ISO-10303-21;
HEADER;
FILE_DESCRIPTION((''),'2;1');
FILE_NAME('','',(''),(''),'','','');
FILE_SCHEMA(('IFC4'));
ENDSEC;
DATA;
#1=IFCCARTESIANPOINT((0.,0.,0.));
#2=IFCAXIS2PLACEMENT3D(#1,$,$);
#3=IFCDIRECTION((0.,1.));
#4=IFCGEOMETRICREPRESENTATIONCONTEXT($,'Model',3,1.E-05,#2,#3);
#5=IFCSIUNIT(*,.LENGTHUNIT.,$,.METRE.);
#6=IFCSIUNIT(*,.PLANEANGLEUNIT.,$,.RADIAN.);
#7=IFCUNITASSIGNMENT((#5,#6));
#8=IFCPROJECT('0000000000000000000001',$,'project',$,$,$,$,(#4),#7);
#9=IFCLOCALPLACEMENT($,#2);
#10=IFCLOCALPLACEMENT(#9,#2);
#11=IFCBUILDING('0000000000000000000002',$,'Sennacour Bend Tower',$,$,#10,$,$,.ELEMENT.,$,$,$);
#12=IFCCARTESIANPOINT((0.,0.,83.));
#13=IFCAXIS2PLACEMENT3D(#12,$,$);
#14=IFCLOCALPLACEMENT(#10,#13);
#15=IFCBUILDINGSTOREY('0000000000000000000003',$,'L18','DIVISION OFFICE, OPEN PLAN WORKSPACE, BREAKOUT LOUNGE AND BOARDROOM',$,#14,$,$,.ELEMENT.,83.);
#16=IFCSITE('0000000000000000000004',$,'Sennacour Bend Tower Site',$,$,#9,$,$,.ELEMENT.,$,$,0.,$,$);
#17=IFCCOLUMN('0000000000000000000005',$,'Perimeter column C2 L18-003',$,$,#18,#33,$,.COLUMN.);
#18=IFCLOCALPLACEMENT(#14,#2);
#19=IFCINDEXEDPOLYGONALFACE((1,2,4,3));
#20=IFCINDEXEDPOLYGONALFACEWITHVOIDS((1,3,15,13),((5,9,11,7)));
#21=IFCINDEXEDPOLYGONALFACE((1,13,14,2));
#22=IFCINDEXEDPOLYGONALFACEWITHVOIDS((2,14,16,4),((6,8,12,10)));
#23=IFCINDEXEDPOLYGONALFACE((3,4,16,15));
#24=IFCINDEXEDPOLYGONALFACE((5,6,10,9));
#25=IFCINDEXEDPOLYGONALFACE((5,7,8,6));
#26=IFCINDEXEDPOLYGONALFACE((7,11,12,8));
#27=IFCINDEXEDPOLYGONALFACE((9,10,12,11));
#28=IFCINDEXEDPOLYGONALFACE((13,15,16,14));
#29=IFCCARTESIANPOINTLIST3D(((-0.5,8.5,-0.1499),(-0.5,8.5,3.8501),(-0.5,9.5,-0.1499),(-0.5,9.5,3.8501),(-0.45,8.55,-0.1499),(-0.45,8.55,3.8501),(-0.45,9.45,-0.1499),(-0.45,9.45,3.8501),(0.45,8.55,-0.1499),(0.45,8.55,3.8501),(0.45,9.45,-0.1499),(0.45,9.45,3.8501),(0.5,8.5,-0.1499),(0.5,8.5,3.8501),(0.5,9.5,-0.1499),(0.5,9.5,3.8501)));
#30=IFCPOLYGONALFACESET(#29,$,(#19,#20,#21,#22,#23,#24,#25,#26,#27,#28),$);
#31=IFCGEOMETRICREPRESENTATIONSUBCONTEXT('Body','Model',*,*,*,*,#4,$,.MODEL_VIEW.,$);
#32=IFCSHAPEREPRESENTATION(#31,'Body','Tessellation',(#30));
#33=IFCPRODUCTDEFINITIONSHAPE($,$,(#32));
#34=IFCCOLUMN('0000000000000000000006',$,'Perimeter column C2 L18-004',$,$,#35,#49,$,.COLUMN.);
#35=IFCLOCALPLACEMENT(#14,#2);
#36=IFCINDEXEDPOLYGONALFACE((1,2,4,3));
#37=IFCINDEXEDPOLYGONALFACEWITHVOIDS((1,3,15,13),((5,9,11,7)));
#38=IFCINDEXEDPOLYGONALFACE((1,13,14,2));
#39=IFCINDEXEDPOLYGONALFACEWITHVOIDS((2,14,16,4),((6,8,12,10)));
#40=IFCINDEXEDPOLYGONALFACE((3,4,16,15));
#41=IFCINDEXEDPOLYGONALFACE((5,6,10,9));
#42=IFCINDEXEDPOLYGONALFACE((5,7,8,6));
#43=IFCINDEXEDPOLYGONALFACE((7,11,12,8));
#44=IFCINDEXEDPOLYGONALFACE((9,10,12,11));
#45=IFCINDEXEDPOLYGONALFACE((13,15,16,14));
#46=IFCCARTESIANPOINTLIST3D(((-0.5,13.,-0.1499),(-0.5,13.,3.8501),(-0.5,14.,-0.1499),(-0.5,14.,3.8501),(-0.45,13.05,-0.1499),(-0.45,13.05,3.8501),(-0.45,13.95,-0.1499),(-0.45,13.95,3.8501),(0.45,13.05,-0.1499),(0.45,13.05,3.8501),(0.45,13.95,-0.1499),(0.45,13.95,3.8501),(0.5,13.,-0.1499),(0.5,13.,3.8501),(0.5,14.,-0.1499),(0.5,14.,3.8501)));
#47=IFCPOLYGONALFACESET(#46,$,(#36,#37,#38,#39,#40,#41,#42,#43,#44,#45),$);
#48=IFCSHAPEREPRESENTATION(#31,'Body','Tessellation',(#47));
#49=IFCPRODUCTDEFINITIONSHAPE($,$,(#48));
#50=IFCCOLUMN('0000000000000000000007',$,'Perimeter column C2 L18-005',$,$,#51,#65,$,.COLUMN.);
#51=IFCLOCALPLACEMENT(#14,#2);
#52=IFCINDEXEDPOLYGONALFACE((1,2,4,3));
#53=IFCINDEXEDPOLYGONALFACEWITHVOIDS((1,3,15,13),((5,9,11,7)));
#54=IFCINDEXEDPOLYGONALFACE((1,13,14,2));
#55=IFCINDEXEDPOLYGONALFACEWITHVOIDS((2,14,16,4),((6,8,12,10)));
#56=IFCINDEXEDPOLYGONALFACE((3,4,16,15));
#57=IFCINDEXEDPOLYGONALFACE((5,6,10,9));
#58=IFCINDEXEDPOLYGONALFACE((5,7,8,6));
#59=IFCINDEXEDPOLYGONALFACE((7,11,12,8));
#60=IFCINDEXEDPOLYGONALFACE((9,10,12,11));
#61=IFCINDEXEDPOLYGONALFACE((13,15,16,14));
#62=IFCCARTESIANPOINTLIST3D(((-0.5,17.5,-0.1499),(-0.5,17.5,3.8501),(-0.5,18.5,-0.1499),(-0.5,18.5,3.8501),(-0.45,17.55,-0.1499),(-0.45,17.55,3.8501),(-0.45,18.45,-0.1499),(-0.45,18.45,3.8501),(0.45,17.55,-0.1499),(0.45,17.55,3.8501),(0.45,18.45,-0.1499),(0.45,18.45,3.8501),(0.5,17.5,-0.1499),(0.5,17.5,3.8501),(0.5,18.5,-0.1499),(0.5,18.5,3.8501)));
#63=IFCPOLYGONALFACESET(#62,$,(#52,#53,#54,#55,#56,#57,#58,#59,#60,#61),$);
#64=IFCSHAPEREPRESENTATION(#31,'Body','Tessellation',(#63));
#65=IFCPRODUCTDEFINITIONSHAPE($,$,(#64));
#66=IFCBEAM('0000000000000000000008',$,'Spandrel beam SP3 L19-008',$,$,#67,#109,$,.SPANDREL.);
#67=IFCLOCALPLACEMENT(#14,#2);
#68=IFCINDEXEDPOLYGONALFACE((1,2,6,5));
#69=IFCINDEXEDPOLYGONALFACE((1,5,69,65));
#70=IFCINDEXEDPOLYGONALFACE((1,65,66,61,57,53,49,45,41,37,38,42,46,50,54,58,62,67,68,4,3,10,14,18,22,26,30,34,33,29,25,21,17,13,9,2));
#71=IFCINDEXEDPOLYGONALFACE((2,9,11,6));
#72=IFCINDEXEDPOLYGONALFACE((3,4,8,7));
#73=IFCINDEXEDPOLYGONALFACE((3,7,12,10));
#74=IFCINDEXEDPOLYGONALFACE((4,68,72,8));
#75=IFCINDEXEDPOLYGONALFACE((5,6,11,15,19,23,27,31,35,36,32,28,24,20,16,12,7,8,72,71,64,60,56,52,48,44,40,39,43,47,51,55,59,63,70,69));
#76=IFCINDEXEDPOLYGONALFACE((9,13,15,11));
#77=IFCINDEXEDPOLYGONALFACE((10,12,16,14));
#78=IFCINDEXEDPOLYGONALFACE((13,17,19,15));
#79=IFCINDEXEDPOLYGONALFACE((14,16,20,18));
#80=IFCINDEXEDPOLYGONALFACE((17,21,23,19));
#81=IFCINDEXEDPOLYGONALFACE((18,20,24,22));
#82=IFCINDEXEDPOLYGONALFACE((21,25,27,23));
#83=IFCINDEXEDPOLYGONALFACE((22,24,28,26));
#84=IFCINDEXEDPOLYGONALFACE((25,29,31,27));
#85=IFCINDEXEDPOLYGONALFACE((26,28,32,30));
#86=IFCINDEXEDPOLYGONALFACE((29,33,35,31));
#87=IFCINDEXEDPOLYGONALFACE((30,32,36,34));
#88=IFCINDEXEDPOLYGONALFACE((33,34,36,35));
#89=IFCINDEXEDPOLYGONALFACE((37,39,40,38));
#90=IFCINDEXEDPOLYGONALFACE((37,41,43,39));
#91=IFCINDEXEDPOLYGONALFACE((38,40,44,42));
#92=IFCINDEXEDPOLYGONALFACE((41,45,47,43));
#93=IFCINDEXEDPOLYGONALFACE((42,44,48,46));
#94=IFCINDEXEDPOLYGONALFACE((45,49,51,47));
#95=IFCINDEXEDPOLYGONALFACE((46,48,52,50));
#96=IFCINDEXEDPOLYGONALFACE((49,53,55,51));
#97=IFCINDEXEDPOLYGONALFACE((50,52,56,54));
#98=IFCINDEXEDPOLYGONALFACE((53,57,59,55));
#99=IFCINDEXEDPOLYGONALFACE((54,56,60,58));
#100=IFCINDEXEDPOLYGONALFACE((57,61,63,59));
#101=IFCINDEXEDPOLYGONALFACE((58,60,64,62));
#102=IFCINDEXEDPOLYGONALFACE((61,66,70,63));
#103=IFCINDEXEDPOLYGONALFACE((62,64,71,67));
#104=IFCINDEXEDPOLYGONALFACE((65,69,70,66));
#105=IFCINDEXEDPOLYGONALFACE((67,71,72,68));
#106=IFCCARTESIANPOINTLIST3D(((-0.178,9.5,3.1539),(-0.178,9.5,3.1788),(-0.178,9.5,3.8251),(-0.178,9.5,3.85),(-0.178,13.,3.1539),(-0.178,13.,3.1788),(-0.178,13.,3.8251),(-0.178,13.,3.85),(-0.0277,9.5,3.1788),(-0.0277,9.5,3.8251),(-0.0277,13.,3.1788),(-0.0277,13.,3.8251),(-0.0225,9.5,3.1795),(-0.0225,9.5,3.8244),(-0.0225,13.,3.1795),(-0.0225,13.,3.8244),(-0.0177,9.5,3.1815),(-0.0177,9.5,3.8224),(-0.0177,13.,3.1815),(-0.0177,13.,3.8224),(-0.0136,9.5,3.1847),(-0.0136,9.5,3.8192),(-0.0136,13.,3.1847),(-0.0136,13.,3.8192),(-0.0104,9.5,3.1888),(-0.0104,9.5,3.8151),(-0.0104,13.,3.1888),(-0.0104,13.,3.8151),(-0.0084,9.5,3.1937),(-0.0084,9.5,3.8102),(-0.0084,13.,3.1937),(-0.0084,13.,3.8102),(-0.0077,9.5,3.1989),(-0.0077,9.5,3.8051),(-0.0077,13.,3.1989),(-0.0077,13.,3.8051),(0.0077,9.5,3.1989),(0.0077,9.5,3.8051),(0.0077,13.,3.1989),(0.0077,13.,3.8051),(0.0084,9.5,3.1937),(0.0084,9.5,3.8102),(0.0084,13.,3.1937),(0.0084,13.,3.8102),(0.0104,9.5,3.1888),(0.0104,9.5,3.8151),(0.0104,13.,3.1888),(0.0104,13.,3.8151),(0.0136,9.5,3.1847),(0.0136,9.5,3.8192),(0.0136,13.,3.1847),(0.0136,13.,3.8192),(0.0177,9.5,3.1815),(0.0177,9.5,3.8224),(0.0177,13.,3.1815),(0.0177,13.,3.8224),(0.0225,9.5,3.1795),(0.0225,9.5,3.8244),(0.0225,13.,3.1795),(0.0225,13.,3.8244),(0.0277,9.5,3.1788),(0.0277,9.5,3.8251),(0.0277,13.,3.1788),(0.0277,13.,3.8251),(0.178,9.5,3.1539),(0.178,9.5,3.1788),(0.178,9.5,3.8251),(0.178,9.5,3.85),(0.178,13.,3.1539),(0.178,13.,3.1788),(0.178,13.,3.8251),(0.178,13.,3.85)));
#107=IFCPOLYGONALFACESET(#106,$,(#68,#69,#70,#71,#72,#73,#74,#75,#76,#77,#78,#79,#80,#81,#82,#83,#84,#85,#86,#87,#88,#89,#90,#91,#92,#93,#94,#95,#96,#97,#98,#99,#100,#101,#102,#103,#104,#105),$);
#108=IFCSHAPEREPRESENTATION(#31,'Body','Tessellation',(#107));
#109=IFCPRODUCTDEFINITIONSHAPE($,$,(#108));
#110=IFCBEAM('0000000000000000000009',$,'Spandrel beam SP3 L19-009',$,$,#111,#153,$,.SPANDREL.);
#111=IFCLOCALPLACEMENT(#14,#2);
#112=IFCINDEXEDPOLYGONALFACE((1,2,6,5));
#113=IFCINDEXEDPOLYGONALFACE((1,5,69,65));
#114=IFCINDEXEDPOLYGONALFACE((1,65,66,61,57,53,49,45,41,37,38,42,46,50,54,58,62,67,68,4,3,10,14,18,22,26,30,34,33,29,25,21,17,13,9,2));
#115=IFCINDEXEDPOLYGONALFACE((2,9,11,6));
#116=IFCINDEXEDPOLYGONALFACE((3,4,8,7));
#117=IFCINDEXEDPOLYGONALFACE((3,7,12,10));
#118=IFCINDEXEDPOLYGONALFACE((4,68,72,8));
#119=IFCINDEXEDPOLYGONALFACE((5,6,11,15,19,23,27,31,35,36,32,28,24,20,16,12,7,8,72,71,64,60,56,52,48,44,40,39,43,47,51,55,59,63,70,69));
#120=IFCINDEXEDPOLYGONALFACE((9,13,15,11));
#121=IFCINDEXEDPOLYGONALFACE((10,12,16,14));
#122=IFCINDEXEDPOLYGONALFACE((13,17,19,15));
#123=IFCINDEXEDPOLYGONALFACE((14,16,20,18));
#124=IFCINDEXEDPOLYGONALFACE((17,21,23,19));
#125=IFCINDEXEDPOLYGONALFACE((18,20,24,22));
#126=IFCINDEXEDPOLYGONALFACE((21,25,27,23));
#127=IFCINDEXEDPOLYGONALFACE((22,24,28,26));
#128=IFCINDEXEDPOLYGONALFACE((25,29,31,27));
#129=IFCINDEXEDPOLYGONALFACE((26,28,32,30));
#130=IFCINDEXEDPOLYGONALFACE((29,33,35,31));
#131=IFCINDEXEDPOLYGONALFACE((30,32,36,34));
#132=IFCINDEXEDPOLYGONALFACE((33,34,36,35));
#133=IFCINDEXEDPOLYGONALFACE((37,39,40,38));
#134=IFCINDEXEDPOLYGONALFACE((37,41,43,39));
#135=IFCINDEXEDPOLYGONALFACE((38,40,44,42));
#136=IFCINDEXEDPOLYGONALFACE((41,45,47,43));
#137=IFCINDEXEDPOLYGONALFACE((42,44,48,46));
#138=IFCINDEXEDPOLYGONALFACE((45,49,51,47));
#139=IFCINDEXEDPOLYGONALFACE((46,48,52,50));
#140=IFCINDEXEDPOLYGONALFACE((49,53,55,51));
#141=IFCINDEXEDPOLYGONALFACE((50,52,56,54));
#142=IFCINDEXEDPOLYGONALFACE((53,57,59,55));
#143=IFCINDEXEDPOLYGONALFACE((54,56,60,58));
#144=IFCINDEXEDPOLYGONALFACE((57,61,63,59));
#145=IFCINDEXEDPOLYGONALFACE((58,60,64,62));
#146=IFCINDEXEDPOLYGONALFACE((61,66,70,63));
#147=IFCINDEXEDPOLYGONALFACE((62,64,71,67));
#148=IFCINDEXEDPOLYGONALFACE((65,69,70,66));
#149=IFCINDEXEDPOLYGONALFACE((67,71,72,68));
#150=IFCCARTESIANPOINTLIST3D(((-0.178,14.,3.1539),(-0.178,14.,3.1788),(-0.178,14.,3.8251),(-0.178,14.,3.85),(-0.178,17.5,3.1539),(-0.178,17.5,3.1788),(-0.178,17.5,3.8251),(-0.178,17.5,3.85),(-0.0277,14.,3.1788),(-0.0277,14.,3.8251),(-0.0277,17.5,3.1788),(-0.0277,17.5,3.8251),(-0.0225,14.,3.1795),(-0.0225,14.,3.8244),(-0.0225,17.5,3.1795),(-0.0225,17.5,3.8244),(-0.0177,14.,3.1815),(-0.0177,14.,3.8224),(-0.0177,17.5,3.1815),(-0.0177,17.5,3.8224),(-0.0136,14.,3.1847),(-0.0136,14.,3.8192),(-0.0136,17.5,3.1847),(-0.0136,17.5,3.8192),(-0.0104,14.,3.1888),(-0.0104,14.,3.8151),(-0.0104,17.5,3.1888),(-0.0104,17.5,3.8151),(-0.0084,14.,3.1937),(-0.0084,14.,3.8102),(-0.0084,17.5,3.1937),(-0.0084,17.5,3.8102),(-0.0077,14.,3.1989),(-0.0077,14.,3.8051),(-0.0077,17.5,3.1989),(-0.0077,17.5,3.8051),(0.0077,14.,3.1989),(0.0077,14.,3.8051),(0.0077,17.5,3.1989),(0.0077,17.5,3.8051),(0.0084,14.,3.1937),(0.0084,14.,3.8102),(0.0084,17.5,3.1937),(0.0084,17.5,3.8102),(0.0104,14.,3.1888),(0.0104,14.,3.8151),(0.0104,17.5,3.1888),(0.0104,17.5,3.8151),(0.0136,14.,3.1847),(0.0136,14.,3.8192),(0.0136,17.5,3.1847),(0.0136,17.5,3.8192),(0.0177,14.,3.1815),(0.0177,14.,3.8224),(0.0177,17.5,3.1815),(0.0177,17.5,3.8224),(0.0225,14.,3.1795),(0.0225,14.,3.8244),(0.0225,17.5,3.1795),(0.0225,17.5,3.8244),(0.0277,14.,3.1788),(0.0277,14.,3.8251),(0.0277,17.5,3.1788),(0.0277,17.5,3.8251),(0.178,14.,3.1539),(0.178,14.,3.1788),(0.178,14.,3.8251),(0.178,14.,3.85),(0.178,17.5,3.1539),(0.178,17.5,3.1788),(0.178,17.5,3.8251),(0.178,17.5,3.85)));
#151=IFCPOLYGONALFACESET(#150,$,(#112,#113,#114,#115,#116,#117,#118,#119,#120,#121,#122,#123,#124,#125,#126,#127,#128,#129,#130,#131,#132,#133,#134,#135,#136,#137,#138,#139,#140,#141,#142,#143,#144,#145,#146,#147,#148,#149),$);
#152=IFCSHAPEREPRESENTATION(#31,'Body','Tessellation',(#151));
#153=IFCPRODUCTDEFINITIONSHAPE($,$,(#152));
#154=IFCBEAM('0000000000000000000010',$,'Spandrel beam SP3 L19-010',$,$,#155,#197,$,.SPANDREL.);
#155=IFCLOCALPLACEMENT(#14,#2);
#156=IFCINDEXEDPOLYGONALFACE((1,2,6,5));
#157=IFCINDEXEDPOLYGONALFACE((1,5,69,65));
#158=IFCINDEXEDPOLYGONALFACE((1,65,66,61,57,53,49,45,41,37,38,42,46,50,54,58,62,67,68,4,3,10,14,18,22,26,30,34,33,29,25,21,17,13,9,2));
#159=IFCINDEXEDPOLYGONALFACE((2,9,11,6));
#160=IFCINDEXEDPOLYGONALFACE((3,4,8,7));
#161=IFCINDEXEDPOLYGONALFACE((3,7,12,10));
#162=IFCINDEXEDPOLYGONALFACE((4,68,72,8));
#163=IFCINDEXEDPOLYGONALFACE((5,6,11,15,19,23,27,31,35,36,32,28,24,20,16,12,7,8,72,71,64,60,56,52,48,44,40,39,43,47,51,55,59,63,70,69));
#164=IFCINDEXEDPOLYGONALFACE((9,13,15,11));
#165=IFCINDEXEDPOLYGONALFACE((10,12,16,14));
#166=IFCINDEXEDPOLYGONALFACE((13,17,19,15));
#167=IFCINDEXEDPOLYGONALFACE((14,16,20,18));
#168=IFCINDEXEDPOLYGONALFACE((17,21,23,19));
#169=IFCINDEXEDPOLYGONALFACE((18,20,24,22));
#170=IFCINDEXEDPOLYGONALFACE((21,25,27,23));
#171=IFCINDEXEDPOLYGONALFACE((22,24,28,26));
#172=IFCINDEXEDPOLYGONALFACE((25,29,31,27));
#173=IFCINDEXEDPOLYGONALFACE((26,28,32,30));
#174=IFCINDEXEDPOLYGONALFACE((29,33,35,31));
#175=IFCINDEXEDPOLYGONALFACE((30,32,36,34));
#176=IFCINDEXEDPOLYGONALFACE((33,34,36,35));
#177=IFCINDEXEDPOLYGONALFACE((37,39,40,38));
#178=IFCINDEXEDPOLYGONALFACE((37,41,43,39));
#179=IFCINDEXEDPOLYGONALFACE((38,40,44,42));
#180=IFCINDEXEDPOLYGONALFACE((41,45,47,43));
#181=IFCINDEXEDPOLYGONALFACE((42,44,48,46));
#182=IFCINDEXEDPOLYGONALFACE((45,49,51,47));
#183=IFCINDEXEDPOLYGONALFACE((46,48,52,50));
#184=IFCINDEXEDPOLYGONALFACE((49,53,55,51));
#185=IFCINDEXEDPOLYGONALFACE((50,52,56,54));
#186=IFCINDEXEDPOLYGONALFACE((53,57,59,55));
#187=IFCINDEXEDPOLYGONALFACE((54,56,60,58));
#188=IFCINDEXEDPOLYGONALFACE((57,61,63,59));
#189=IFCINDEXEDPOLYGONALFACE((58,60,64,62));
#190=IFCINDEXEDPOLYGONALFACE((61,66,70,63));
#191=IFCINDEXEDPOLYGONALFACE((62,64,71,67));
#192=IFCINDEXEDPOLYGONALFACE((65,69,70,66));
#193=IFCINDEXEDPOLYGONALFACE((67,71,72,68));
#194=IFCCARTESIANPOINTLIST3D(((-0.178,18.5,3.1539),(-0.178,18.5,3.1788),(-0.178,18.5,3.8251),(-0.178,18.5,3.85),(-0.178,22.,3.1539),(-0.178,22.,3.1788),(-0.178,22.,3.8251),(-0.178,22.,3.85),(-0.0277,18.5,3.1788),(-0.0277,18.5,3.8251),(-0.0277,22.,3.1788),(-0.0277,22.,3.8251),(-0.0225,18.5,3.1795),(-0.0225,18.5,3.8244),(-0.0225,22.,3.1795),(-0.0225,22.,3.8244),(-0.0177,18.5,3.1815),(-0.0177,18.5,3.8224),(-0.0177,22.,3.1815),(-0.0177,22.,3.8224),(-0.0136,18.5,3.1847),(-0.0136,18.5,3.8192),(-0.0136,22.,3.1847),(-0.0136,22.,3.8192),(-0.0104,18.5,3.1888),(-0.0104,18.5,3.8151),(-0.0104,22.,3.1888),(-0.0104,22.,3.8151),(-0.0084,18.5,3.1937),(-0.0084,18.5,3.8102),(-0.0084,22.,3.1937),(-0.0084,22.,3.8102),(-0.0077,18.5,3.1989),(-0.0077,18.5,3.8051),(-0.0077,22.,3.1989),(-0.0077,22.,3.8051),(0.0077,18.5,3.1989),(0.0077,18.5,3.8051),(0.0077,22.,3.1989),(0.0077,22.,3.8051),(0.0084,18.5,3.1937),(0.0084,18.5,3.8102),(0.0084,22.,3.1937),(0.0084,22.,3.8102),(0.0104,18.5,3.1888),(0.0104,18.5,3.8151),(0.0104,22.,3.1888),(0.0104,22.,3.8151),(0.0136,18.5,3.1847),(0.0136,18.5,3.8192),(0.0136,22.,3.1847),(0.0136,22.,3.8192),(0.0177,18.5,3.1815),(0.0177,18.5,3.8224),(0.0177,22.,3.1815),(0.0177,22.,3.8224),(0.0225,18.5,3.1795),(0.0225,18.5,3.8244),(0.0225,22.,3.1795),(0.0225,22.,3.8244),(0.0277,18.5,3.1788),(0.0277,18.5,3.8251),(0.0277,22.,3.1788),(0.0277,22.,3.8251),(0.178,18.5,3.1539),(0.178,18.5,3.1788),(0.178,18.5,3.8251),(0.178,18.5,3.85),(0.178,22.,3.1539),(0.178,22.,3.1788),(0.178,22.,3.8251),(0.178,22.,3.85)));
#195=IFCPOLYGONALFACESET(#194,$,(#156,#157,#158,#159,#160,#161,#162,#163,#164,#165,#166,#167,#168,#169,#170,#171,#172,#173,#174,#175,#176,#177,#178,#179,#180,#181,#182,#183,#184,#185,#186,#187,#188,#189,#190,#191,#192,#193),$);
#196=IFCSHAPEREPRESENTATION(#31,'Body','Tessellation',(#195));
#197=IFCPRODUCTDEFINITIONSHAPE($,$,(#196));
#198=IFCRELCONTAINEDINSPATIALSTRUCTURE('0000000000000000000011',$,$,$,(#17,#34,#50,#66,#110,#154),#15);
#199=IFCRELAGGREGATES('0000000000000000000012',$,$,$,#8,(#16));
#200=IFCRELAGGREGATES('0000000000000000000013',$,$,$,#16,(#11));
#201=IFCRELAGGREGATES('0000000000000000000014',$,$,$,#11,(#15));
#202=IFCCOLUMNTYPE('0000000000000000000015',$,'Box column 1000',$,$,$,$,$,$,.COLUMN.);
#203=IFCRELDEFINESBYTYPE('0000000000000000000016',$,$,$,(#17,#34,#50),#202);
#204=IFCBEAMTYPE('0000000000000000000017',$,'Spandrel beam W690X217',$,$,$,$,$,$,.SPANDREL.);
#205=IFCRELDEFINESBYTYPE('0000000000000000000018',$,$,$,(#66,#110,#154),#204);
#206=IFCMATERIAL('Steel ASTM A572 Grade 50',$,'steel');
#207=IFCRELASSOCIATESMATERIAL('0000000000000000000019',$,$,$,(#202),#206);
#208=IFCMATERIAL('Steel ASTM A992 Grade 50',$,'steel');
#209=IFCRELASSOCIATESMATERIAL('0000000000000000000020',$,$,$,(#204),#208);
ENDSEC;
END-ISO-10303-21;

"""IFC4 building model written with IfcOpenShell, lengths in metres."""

from ifc_helpers import new_model, si_unit, direction, frame, origin, origin_2d, place, context, subcontext, project, spatial, hollow_rectangle, i_section, extrude, material, material_profile, profile_set, type_object, element, save


model = new_model("IFC4")

# Units and contexts
model_context = context("Model", 3, precision=1e-05, world=origin(), true_north=direction((0.0, 1.0)))
body_context = subcontext(model_context, "Body", "Model", "MODEL_VIEW")
ifc_project = project(units=[si_unit("LENGTHUNIT", "METRE"), si_unit("PLANEANGLEUNIT", "RADIAN")], contexts=[model_context])

# Site, building, storey
site_placement = place(None, origin())
site = spatial("IfcSite", under=ifc_project, at=site_placement, Name="Sennacour Bend Tower Site", CompositionType="ELEMENT", RefElevation=0.0)
building_placement = place(site_placement, origin())
building = spatial("IfcBuilding", under=site, at=building_placement, Name="Sennacour Bend Tower", CompositionType="ELEMENT")
storey_placement = place(building_placement, frame((0.0, 0.0, 83.0)))
storey = spatial("IfcBuildingStorey", under=building, at=storey_placement, Name="L18", Description="DIVISION OFFICE, OPEN PLAN WORKSPACE, BREAKOUT LOUNGE AND BOARDROOM", CompositionType="ELEMENT", Elevation=83.0)

# Columns
ifc_material_1 = material(Name="Steel ASTM A572 Grade 50", Category="steel")
ifc_material_profile_1 = material_profile(ifc_material_1, hollow_rectangle(XDim=1.0, YDim=1.0, WallThickness=0.05, at=origin_2d()), Name="Steel ASTM A572 Grade 50", Category="steel")
ifc_profile_set_1 = profile_set([ifc_material_profile_1], Name="Steel ASTM A572 Grade 50")
column_type = type_object("IfcColumnType", Name="Box column 1000", PredefinedType="COLUMN", material=ifc_profile_set_1)
for number, where, z_axis, x_axis, name in (
    (1, (0.0, 9.0, -0.1499), (0.0, 0.0, 1.0), (1.0, 0.0, 0.0), "Perimeter column C2 L18-003"),
    (2, (0.0, 13.5, -0.1499), (0.0, 0.0, 1.0), (1.0, 0.0, 0.0), "Perimeter column C2 L18-004"),
    (3, (0.0, 18.0, -0.1499), (0.0, 0.0, 1.0), (1.0, 0.0, 0.0), "Perimeter column C2 L18-005"),
):
    element("IfcColumn", number, at=place(storey_placement, frame(where, z_axis=z_axis, x_axis=x_axis)), inside=storey, type_object=column_type, Name=name, PredefinedType="COLUMN", context=body_context, shape_type="SweptSolid", body=[
        extrude(hollow_rectangle(XDim=1.0, YDim=1.0, WallThickness=0.05, at=origin_2d()), origin(), (0.0, 0.0, 1.0), 4.0),
    ])

# Beams
ifc_material_2 = material(Name="Steel ASTM A992 Grade 50", Category="steel")
ifc_material_profile_2 = material_profile(ifc_material_2, i_section(OverallWidth=0.356, OverallDepth=0.696, WebThickness=0.0154, FlangeThickness=0.0249, FilletRadius=0.02, at=origin_2d()), Name="Steel ASTM A992 Grade 50", Category="steel")
ifc_profile_set_2 = profile_set([ifc_material_profile_2], Name="Steel ASTM A992 Grade 50")
beam_type = type_object("IfcBeamType", Name="Spandrel beam W690X217", PredefinedType="SPANDREL", material=ifc_profile_set_2)
for number, where, z_axis, x_axis, name in (
    (4, (0.0, 9.5, 3.502), (0.0, 1.0, 0.0), (-1.0, 0.0, 0.0), "Spandrel beam SP3 L19-008"),
    (5, (0.0, 14.0, 3.502), (0.0, 1.0, 0.0), (-1.0, 0.0, 0.0), "Spandrel beam SP3 L19-009"),
    (6, (0.0, 18.5, 3.502), (0.0, 1.0, 0.0), (-1.0, 0.0, 0.0), "Spandrel beam SP3 L19-010"),
):
    element("IfcBeam", number, at=place(storey_placement, frame(where, z_axis=z_axis, x_axis=x_axis)), inside=storey, type_object=beam_type, Name=name, PredefinedType="SPANDREL", context=body_context, shape_type="SweptSolid", body=[
        extrude(i_section(OverallWidth=0.356, OverallDepth=0.696, WebThickness=0.0154, FlangeThickness=0.0249, FilletRadius=0.02, at=origin_2d()), origin(), (0.0, 0.0, 1.0), 3.5),
    ])

save(model, "model.ifc")
